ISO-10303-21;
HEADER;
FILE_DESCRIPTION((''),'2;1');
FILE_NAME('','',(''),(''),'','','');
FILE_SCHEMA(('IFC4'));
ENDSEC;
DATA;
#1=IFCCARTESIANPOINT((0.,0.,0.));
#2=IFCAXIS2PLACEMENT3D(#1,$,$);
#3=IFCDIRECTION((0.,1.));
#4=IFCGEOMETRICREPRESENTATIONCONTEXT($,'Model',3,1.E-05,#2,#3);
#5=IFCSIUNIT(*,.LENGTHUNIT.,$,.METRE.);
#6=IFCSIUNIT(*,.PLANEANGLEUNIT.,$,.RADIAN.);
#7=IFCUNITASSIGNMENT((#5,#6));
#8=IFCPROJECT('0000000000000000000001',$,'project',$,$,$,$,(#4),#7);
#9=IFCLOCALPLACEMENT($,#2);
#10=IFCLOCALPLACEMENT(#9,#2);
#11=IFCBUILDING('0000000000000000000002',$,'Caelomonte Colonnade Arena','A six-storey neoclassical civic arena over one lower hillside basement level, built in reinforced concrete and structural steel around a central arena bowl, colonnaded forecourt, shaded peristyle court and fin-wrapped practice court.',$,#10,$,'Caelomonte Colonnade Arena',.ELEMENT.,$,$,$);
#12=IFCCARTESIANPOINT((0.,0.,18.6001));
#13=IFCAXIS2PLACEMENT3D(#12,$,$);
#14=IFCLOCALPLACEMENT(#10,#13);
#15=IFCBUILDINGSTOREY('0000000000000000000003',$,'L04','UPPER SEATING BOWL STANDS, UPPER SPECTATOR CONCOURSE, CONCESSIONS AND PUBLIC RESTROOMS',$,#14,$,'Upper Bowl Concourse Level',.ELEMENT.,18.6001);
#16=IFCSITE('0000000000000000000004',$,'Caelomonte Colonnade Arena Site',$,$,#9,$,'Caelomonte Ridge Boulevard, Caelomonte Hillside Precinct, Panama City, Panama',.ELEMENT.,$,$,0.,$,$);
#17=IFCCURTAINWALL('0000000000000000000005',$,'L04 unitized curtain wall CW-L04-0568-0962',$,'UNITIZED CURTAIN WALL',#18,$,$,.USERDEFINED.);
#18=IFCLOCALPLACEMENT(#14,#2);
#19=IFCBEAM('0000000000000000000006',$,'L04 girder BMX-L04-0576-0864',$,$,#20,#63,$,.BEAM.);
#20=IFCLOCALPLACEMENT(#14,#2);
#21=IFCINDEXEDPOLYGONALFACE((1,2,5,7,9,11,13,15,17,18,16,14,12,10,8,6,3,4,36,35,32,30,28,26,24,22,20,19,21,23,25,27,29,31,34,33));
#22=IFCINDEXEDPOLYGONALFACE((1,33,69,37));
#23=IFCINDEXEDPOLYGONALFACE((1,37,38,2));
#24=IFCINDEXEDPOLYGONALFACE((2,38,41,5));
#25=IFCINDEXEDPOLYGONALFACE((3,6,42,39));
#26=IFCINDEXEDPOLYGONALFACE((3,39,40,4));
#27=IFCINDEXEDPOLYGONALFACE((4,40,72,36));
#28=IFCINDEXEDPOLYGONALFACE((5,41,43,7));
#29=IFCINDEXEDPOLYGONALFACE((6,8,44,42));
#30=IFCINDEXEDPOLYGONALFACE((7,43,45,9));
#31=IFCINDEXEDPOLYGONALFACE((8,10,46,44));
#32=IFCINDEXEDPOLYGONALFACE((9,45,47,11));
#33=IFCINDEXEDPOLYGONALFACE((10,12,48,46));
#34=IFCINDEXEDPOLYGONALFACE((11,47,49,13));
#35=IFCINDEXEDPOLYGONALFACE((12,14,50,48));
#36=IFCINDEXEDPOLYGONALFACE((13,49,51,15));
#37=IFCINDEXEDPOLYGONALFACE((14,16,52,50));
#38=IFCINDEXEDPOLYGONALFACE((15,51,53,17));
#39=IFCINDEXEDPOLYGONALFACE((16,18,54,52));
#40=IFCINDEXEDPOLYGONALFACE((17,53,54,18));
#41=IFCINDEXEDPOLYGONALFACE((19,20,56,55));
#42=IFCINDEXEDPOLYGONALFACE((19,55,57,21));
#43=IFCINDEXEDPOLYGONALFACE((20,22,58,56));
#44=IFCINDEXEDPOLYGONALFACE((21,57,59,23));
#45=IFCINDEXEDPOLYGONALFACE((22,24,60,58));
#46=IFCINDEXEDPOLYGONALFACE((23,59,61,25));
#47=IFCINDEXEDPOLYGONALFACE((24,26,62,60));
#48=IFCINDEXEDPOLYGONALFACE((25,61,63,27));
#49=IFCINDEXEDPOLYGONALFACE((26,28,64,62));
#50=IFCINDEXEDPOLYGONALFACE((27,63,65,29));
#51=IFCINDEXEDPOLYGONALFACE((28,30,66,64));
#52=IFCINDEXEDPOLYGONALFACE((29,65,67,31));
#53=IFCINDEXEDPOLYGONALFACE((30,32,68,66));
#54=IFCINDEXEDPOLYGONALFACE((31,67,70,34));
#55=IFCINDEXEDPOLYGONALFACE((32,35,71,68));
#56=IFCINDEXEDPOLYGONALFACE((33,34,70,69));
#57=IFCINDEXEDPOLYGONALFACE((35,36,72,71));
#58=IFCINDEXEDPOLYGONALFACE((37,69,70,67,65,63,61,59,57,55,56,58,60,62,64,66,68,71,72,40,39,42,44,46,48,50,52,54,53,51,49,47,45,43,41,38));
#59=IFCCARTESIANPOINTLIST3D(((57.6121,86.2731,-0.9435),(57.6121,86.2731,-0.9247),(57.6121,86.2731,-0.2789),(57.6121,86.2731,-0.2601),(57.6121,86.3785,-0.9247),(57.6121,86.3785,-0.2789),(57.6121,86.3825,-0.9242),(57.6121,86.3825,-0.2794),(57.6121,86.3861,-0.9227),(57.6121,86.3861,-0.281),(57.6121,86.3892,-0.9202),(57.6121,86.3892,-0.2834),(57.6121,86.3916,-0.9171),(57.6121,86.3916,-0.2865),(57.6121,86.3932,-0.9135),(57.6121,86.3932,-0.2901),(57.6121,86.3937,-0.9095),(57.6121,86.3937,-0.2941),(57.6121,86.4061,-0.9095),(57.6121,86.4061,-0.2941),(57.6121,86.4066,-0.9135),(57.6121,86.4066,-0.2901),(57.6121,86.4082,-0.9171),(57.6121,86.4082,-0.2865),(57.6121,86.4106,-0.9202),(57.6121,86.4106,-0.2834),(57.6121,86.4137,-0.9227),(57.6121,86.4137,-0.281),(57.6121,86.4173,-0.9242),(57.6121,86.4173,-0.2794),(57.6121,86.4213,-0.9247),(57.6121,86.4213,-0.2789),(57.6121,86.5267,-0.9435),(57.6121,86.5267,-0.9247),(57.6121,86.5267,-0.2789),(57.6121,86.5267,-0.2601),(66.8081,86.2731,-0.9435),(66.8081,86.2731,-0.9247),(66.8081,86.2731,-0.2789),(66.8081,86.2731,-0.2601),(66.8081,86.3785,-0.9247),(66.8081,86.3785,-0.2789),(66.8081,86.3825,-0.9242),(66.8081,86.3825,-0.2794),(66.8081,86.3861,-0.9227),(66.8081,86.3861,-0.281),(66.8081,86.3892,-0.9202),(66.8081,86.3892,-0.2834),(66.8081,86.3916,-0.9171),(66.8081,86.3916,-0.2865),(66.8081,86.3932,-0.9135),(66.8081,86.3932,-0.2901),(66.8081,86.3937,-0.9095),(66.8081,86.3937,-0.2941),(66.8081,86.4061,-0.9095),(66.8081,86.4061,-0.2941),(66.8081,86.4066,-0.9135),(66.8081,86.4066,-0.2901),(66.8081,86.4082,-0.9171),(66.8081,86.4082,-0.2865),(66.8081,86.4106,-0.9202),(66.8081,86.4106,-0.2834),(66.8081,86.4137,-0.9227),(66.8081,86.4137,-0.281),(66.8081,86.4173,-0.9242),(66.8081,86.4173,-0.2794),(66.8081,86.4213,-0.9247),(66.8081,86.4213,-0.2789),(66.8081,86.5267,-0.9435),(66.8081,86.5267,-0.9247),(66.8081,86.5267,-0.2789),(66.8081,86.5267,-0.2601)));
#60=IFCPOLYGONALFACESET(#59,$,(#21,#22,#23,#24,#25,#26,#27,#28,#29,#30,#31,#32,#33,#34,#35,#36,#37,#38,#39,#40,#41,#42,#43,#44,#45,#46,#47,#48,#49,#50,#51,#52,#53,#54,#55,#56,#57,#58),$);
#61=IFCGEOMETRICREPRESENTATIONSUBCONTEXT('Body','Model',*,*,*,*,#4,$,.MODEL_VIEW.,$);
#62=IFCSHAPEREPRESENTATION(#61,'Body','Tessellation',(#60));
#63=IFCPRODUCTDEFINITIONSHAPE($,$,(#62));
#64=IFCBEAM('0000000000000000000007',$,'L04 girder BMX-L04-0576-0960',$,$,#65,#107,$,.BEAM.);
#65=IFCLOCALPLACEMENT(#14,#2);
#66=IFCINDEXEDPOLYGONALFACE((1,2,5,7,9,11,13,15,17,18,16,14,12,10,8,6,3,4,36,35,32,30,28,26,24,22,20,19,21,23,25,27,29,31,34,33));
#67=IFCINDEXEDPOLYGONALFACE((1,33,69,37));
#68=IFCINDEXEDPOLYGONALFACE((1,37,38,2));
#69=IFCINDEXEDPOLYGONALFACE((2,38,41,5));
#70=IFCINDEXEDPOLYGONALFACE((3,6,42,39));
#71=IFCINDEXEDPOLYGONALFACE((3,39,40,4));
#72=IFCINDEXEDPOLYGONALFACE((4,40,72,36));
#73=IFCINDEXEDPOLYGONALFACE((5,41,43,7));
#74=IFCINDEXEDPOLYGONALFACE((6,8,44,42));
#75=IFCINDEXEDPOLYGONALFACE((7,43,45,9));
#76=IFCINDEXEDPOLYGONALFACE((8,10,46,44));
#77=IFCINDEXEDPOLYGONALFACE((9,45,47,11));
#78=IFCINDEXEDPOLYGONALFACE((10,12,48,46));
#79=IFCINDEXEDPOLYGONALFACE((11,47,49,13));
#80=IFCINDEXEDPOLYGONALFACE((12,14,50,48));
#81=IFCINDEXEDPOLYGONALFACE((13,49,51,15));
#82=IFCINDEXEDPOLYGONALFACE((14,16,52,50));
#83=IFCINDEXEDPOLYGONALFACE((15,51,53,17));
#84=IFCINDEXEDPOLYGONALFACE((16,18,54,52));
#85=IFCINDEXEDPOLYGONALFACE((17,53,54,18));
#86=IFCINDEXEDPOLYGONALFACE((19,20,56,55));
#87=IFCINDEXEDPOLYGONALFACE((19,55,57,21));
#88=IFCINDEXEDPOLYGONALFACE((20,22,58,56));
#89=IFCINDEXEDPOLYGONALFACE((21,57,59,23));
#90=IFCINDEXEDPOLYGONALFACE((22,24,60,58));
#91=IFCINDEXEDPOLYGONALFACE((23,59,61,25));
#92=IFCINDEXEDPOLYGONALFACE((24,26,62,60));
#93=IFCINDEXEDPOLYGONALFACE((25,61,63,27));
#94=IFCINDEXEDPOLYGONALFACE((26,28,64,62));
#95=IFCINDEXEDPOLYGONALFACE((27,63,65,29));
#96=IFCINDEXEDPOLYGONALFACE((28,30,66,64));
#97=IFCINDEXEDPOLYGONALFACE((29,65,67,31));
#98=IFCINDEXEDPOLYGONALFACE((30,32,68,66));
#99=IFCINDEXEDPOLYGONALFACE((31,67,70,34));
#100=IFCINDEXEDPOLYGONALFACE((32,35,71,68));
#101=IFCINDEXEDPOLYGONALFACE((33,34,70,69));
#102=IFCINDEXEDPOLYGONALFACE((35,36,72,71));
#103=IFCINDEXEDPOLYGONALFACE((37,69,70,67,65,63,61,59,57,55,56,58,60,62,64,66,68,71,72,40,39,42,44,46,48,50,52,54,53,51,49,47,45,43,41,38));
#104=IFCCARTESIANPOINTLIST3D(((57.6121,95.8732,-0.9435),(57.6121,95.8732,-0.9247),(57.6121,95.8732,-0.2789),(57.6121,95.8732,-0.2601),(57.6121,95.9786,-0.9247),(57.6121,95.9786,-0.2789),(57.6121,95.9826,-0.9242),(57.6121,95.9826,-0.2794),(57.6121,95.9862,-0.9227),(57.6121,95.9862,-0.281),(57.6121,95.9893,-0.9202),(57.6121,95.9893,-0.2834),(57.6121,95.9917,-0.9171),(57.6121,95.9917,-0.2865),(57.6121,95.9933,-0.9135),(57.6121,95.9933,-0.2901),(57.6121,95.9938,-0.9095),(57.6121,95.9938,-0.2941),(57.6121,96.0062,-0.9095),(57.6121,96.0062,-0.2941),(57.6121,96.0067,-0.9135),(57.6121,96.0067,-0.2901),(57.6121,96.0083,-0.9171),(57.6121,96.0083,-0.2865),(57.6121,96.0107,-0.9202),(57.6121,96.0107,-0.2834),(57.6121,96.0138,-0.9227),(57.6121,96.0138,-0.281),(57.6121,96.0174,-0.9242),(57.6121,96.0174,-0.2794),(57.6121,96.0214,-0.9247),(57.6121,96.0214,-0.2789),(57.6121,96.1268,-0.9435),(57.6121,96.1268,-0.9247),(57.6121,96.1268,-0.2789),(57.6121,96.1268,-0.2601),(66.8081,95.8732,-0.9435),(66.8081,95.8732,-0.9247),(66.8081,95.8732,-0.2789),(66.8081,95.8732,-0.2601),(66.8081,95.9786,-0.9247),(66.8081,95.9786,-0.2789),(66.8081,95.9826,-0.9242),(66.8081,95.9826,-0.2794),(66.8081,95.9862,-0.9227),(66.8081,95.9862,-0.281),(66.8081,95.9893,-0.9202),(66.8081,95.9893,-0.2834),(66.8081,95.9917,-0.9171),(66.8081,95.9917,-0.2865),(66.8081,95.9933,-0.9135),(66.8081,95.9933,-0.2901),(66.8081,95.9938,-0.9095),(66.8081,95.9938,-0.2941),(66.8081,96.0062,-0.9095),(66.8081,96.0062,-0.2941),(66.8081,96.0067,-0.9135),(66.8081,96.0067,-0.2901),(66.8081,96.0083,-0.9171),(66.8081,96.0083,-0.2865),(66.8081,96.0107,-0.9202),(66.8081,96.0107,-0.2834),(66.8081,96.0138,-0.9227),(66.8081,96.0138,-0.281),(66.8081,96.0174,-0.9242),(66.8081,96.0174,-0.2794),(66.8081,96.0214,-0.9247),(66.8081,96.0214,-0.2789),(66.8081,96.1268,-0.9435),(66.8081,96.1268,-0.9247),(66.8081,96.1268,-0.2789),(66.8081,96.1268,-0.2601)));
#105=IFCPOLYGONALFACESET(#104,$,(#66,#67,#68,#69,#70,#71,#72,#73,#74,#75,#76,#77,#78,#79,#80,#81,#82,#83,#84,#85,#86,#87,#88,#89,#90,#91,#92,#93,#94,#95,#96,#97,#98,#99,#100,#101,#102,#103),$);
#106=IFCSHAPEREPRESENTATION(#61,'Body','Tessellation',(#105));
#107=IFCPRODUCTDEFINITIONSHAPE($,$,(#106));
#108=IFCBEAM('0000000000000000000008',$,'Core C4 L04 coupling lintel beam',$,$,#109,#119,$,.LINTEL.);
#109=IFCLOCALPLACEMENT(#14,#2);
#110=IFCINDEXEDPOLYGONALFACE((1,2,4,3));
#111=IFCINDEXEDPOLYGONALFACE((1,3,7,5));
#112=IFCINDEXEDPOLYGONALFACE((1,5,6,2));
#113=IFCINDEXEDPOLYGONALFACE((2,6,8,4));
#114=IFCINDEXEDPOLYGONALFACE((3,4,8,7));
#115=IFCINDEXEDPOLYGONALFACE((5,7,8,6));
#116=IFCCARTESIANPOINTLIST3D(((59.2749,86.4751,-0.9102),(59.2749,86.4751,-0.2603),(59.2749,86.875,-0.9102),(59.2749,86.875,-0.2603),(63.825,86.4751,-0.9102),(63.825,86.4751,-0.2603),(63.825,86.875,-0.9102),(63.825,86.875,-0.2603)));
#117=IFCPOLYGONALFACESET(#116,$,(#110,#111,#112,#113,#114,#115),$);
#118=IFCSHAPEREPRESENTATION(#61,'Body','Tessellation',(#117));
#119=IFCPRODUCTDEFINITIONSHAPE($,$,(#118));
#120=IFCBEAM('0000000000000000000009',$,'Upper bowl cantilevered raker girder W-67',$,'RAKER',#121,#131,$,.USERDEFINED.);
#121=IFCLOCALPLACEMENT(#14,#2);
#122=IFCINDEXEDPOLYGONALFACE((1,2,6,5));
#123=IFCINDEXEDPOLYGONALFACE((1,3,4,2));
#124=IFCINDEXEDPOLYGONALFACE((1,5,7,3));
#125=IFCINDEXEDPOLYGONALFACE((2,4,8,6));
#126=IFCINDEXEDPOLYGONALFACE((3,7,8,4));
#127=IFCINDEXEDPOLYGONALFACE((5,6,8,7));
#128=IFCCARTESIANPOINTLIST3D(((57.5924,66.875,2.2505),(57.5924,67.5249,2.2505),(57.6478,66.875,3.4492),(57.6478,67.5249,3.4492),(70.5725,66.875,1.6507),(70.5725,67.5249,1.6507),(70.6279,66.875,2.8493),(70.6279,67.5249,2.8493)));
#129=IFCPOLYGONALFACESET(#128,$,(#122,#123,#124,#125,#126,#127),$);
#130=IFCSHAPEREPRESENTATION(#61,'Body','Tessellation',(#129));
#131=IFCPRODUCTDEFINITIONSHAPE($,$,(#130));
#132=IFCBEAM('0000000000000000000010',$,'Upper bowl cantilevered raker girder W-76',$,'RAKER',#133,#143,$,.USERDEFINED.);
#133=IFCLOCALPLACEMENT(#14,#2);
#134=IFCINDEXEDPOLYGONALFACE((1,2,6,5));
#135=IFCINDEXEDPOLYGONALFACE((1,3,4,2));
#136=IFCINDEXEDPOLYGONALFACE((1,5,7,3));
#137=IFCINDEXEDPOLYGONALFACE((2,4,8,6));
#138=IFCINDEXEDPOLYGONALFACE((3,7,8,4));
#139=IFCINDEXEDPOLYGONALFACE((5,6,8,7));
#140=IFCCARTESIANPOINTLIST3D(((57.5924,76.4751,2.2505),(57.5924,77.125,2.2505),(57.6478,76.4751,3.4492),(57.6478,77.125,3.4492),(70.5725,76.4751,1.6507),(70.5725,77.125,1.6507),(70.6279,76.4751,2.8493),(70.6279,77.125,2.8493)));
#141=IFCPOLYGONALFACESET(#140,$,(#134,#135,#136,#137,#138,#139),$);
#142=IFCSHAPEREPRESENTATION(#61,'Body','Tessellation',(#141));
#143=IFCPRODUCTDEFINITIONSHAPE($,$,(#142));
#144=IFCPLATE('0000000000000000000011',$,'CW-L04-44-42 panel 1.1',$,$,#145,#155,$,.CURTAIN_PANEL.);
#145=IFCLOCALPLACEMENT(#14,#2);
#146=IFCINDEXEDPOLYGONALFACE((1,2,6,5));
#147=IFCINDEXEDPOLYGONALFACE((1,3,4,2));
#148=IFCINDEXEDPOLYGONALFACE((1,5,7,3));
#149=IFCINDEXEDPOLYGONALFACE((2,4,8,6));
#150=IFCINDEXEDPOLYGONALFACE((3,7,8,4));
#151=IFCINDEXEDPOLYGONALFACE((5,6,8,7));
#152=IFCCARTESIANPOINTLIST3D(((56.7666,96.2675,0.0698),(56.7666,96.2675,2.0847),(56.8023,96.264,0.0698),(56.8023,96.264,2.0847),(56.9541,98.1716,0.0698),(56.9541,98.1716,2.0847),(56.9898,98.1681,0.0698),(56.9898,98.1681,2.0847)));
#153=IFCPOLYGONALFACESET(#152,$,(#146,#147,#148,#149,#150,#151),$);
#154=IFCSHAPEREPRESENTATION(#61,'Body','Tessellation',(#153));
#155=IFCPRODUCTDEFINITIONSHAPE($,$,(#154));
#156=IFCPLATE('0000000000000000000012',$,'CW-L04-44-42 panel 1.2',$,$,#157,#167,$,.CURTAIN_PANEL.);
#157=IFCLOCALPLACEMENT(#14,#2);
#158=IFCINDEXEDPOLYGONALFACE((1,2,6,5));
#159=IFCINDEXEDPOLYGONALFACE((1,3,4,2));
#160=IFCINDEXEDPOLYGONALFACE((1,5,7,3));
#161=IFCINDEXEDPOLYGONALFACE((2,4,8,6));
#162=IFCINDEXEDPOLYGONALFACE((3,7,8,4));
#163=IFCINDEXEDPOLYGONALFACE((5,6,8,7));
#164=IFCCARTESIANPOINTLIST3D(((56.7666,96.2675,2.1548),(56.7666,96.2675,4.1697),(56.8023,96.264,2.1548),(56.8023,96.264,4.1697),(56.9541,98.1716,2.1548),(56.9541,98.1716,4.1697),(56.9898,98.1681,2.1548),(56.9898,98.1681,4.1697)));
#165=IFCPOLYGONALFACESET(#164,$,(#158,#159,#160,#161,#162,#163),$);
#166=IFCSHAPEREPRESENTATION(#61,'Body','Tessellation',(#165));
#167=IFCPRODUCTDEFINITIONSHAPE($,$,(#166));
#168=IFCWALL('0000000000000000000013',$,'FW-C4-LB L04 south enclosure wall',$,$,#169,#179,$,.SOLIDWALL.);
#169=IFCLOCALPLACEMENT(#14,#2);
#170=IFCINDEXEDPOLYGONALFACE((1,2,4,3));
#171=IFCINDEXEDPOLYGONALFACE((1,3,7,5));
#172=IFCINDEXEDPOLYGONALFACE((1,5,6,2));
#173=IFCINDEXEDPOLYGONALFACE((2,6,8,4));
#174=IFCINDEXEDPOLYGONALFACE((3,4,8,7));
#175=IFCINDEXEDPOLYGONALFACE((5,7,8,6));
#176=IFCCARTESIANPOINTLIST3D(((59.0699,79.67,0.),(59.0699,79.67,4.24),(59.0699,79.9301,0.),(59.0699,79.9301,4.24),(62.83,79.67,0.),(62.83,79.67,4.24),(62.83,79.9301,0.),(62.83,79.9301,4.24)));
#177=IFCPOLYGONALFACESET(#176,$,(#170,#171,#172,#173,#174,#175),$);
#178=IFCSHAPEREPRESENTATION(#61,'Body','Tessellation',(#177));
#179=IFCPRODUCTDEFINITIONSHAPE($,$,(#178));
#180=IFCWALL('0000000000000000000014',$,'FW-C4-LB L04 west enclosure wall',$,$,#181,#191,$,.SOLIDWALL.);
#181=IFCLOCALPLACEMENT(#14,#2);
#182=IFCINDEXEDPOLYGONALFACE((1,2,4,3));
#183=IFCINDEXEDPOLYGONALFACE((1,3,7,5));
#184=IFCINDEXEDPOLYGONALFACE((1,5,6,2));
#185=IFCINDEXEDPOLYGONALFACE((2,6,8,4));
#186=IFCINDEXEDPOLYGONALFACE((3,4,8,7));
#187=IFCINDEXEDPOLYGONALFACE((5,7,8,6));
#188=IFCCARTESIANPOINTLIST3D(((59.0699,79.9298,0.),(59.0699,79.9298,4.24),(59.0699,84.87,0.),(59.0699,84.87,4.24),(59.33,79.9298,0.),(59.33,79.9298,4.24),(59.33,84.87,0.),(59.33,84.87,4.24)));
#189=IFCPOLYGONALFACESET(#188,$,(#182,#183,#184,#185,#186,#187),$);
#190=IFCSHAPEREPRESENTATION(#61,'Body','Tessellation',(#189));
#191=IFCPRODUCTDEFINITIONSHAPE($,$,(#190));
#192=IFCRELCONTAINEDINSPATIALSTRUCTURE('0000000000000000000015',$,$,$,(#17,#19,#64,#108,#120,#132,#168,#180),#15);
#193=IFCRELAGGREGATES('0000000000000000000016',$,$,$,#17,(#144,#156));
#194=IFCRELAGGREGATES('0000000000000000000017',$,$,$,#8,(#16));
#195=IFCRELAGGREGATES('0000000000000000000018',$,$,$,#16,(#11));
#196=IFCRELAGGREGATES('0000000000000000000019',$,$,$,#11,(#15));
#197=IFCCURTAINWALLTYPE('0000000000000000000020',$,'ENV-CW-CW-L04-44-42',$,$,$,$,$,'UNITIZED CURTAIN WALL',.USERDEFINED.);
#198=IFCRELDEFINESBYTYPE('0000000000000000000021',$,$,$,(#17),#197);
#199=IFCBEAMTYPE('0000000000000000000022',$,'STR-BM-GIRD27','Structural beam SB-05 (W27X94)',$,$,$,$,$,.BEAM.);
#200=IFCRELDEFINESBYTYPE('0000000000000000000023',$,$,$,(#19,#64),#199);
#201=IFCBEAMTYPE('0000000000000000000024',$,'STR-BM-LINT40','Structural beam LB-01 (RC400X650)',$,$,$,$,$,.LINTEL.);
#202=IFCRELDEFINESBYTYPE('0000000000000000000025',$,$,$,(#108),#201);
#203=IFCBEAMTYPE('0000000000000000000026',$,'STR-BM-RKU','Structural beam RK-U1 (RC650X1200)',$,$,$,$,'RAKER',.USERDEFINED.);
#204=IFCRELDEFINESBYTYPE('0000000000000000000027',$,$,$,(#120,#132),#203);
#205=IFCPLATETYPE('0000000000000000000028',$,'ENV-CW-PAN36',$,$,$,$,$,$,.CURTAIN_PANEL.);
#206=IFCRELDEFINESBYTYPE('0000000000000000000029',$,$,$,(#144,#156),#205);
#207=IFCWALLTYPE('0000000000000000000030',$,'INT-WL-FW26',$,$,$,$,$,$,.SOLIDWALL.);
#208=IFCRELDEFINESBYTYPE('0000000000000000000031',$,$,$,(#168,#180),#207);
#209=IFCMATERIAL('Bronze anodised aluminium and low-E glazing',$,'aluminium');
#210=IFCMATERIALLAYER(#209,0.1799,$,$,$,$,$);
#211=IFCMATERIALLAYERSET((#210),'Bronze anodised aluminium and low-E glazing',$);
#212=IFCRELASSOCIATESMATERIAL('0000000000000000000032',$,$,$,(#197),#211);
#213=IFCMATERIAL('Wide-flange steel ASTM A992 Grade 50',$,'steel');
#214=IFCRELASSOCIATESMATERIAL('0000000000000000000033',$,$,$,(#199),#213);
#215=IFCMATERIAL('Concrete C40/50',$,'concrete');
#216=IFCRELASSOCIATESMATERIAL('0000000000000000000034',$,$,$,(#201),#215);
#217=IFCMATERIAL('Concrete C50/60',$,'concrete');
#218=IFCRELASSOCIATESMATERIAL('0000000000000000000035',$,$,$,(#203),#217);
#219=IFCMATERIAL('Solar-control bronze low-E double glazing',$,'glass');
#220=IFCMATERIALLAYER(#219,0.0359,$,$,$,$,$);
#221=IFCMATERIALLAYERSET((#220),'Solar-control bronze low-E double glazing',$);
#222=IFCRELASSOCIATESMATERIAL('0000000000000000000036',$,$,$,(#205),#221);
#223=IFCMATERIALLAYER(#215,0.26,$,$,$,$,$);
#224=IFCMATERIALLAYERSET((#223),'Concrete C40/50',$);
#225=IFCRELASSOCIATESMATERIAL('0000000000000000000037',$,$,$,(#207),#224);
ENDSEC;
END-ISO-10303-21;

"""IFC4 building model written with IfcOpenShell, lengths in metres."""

from ifc_helpers import new_model, si_unit, direction, frame, frame_2d, origin, origin_2d, place, context, subcontext, project, spatial, rectangle, i_section, extrude, material, layer, layer_set, material_profile, profile_set, type_object, element, aggregate, save


model = new_model("IFC4")

# Units and contexts
model_context = context("Model", 3, precision=1e-05, world=origin(), true_north=direction((0.0, 1.0)))
body_context = subcontext(model_context, "Body", "Model", "MODEL_VIEW")
ifc_project = project(units=[si_unit("LENGTHUNIT", "METRE"), si_unit("PLANEANGLEUNIT", "RADIAN")], contexts=[model_context])

# Site, building, storey
site_placement = place(None, origin())
site = spatial("IfcSite", under=ifc_project, at=site_placement, Name="Caelomonte Colonnade Arena Site", LongName="Caelomonte Ridge Boulevard, Caelomonte Hillside Precinct, Panama City, Panama", CompositionType="ELEMENT", RefElevation=0.0)
building_placement = place(site_placement, origin())
building = spatial("IfcBuilding", under=site, at=building_placement, Name="Caelomonte Colonnade Arena", Description="A six-storey neoclassical civic arena over one lower hillside basement level, built in reinforced concrete and structural steel around a central arena bowl, colonnaded forecourt, shaded peristyle court and fin-wrapped practice court.", LongName="Caelomonte Colonnade Arena", CompositionType="ELEMENT")
storey_placement = place(building_placement, frame((0.0, 0.0, 18.6001)))
storey = spatial("IfcBuildingStorey", under=building, at=storey_placement, Name="L04", Description="UPPER SEATING BOWL STANDS, UPPER SPECTATOR CONCOURSE, CONCESSIONS AND PUBLIC RESTROOMS", LongName="Upper Bowl Concourse Level", CompositionType="ELEMENT", Elevation=18.6001)

# Shared definitions
ifc_material_1 = material(Name="Wide-flange steel ASTM A992 Grade 50", Category="steel")

# Shared definitions
ifc_material_2 = material(Name="Bronze anodised aluminium and low-E glazing", Category="aluminium")
ifc_layer_1 = layer(ifc_material_2, 0.1799)
ifc_layer_set_1 = layer_set([ifc_layer_1], Name="Bronze anodised aluminium and low-E glazing")
curtain_wall_type = type_object("IfcCurtainWallType", Name="ENV-CW-CW-L04-44-42", ElementType="UNITIZED CURTAIN WALL", PredefinedType="USERDEFINED", material=ifc_layer_set_1)

# Curtain wall
curtain_wall_1_placement = place(storey_placement, origin())
curtain_wall_1 = element("IfcCurtainWall", 1, at=curtain_wall_1_placement, inside=storey, type_object=curtain_wall_type, Name="L04 unitized curtain wall CW-L04-0568-0962", ObjectType="UNITIZED CURTAIN WALL", PredefinedType="USERDEFINED")

# Beams
ifc_material_profile_1 = material_profile(ifc_material_1, i_section(OverallWidth=0.2537, OverallDepth=0.6833, WebThickness=0.0125, FlangeThickness=0.0188, FilletRadius=0.0151, at=origin_2d()), Name="W27X94")
ifc_profile_set_1 = profile_set([ifc_material_profile_1], Name="Wide-flange steel ASTM A992 Grade 50")
beam_type_1 = type_object("IfcBeamType", Name="STR-BM-GIRD27", Description="Structural beam SB-05 (W27X94)", PredefinedType="BEAM", material=ifc_profile_set_1)
for number, where, z_axis, x_axis, name in (
    (2, (57.6121, 86.3999, -0.6018), (1.0, 0.0, 0.0), (0.0, 1.0, 0.0), "L04 girder BMX-L04-0576-0864"),
    (3, (57.6121, 96.0, -0.6018), (1.0, 0.0, 0.0), (0.0, 1.0, 0.0), "L04 girder BMX-L04-0576-0960"),
):
    element("IfcBeam", number, at=place(storey_placement, frame(where, z_axis=z_axis, x_axis=x_axis)), inside=storey, type_object=beam_type_1, Name=name, PredefinedType="BEAM", context=body_context, shape_type="SweptSolid", body=[
        extrude(i_section(OverallWidth=0.2537, OverallDepth=0.6833, WebThickness=0.0125, FlangeThickness=0.0188, FilletRadius=0.0151, at=origin_2d()), origin(), (0.0, 0.0, 1.0), 9.196),
    ])
ifc_material_3 = material(Name="Concrete C40/50", Category="concrete")
ifc_material_profile_2 = material_profile(ifc_material_3, rectangle(XDim=0.3999, YDim=0.6499, at=origin_2d()), Name="RC400X650")
ifc_profile_set_2 = profile_set([ifc_material_profile_2], Name="Concrete C40/50")
beam_type_2 = type_object("IfcBeamType", Name="STR-BM-LINT40", Description="Structural beam LB-01 (RC400X650)", PredefinedType="LINTEL", material=ifc_profile_set_2)
beam_1_placement = place(storey_placement, frame((59.2749, 86.675, -0.5852), z_axis=(1.0, 0.0, 0.0), x_axis=(0.0, 1.0, 0.0)))
element("IfcBeam", 4, at=beam_1_placement, inside=storey, type_object=beam_type_2, Name="Core C4 L04 coupling lintel beam", PredefinedType="LINTEL", context=body_context, shape_type="SweptSolid", body=[
    extrude(rectangle(XDim=0.3999, YDim=0.6499, at=origin_2d()), origin(), (0.0, 0.0, 1.0), 4.55),
])
ifc_material_4 = material(Name="Concrete C50/60", Category="concrete")
ifc_material_profile_3 = material_profile(ifc_material_4, rectangle(XDim=0.6499, YDim=1.2, at=origin_2d()), Name="RC650X1200")
ifc_profile_set_3 = profile_set([ifc_material_profile_3], Name="Concrete C50/60")
beam_type_3 = type_object("IfcBeamType", Name="STR-BM-RKU", Description="Structural beam RK-U1 (RC650X1200)", ElementType="RAKER", PredefinedType="USERDEFINED", material=ifc_profile_set_3)
for number, where, z_axis, x_axis, name in (
    (5, (57.6201, 67.2, 2.8499), (0.998934, 0.0, -0.046164), (0.0, 1.0, 0.0), "Upper bowl cantilevered raker girder W-67"),
    (6, (57.6201, 76.8, 2.8499), (0.998934, 0.0, -0.046164), (0.0, 1.0, 0.0), "Upper bowl cantilevered raker girder W-76"),
):
    element("IfcBeam", number, at=place(storey_placement, frame(where, z_axis=z_axis, x_axis=x_axis)), inside=storey, type_object=beam_type_3, Name=name, ObjectType="RAKER", PredefinedType="USERDEFINED", context=body_context, shape_type="SweptSolid", body=[
        extrude(rectangle(XDim=0.6499, YDim=1.2, at=origin_2d()), origin(), (0.0, 0.0, 1.0), 12.9939),
    ])

# Plates
ifc_material_5 = material(Name="Solar-control bronze low-E double glazing", Category="glass")
ifc_layer_2 = layer(ifc_material_5, 0.0359)
ifc_layer_set_2 = layer_set([ifc_layer_2], Name="Solar-control bronze low-E double glazing")
plate_type = type_object("IfcPlateType", Name="ENV-CW-PAN36", PredefinedType="CURTAIN_PANEL", material=ifc_layer_set_2)
plate_1_placement = place(storey_placement, frame((56.8782, 97.2178, 0.0698), z_axis=(0.0, 0.0, 1.0), x_axis=(-0.098002, -0.995186, 0.0)))
plate_1 = element("IfcPlate", 7, at=plate_1_placement, type_object=plate_type, Name="CW-L04-44-42 panel 1.1", PredefinedType="CURTAIN_PANEL", context=body_context, shape_type="SweptSolid", body=[
    extrude(rectangle(XDim=1.9133, YDim=0.0359, at=origin_2d()), origin(), (0.0, 0.0, 1.0), 2.0149),
])
plate_2_placement = place(storey_placement, frame((56.8782, 97.2178, 2.1548), z_axis=(0.0, 0.0, 1.0), x_axis=(-0.098002, -0.995186, 0.0)))
plate_2 = element("IfcPlate", 8, at=plate_2_placement, type_object=plate_type, Name="CW-L04-44-42 panel 1.2", PredefinedType="CURTAIN_PANEL", context=body_context, shape_type="SweptSolid", body=[
    extrude(rectangle(XDim=1.9133, YDim=0.0359, at=origin_2d()), origin(), (0.0, 0.0, 1.0), 2.0149),
])
aggregate(curtain_wall_1, [plate_1, plate_2])

# Walls
ifc_layer_3 = layer(ifc_material_3, 0.26)
ifc_layer_set_3 = layer_set([ifc_layer_3], Name="Concrete C40/50")
wall_type_1 = type_object("IfcWallType", Name="INT-WL-FW26", PredefinedType="SOLIDWALL", material=ifc_layer_set_3)
wall_1_placement = place(storey_placement, frame((59.0701, 79.8, 0.0), z_axis=(0.0, 0.0, 1.0), x_axis=(1.0, 0.0, 0.0)))
element("IfcWall", 9, at=wall_1_placement, inside=storey, type_object=wall_type_1, Name="FW-C4-LB L04 south enclosure wall", PredefinedType="SOLIDWALL", context=body_context, shape_type="SweptSolid", body=[
    extrude(rectangle(XDim=3.76, YDim=0.26, at=frame_2d((1.8799, 0.0))), origin(), (0.0, 0.0, 1.0), 4.24),
])
wall_2_placement = place(storey_placement, frame((59.2, 84.8701, 0.0), z_axis=(0.0, 0.0, 1.0), x_axis=(0.0, -1.0, 0.0)))
element("IfcWall", 10, at=wall_2_placement, inside=storey, type_object=wall_type_1, Name="FW-C4-LB L04 west enclosure wall", PredefinedType="SOLIDWALL", context=body_context, shape_type="SweptSolid", body=[
    extrude(rectangle(XDim=4.9402, YDim=0.26, at=frame_2d((2.4702, 0.0))), origin(), (0.0, 0.0, 1.0), 4.24),
])

save(model, "model.ifc")
